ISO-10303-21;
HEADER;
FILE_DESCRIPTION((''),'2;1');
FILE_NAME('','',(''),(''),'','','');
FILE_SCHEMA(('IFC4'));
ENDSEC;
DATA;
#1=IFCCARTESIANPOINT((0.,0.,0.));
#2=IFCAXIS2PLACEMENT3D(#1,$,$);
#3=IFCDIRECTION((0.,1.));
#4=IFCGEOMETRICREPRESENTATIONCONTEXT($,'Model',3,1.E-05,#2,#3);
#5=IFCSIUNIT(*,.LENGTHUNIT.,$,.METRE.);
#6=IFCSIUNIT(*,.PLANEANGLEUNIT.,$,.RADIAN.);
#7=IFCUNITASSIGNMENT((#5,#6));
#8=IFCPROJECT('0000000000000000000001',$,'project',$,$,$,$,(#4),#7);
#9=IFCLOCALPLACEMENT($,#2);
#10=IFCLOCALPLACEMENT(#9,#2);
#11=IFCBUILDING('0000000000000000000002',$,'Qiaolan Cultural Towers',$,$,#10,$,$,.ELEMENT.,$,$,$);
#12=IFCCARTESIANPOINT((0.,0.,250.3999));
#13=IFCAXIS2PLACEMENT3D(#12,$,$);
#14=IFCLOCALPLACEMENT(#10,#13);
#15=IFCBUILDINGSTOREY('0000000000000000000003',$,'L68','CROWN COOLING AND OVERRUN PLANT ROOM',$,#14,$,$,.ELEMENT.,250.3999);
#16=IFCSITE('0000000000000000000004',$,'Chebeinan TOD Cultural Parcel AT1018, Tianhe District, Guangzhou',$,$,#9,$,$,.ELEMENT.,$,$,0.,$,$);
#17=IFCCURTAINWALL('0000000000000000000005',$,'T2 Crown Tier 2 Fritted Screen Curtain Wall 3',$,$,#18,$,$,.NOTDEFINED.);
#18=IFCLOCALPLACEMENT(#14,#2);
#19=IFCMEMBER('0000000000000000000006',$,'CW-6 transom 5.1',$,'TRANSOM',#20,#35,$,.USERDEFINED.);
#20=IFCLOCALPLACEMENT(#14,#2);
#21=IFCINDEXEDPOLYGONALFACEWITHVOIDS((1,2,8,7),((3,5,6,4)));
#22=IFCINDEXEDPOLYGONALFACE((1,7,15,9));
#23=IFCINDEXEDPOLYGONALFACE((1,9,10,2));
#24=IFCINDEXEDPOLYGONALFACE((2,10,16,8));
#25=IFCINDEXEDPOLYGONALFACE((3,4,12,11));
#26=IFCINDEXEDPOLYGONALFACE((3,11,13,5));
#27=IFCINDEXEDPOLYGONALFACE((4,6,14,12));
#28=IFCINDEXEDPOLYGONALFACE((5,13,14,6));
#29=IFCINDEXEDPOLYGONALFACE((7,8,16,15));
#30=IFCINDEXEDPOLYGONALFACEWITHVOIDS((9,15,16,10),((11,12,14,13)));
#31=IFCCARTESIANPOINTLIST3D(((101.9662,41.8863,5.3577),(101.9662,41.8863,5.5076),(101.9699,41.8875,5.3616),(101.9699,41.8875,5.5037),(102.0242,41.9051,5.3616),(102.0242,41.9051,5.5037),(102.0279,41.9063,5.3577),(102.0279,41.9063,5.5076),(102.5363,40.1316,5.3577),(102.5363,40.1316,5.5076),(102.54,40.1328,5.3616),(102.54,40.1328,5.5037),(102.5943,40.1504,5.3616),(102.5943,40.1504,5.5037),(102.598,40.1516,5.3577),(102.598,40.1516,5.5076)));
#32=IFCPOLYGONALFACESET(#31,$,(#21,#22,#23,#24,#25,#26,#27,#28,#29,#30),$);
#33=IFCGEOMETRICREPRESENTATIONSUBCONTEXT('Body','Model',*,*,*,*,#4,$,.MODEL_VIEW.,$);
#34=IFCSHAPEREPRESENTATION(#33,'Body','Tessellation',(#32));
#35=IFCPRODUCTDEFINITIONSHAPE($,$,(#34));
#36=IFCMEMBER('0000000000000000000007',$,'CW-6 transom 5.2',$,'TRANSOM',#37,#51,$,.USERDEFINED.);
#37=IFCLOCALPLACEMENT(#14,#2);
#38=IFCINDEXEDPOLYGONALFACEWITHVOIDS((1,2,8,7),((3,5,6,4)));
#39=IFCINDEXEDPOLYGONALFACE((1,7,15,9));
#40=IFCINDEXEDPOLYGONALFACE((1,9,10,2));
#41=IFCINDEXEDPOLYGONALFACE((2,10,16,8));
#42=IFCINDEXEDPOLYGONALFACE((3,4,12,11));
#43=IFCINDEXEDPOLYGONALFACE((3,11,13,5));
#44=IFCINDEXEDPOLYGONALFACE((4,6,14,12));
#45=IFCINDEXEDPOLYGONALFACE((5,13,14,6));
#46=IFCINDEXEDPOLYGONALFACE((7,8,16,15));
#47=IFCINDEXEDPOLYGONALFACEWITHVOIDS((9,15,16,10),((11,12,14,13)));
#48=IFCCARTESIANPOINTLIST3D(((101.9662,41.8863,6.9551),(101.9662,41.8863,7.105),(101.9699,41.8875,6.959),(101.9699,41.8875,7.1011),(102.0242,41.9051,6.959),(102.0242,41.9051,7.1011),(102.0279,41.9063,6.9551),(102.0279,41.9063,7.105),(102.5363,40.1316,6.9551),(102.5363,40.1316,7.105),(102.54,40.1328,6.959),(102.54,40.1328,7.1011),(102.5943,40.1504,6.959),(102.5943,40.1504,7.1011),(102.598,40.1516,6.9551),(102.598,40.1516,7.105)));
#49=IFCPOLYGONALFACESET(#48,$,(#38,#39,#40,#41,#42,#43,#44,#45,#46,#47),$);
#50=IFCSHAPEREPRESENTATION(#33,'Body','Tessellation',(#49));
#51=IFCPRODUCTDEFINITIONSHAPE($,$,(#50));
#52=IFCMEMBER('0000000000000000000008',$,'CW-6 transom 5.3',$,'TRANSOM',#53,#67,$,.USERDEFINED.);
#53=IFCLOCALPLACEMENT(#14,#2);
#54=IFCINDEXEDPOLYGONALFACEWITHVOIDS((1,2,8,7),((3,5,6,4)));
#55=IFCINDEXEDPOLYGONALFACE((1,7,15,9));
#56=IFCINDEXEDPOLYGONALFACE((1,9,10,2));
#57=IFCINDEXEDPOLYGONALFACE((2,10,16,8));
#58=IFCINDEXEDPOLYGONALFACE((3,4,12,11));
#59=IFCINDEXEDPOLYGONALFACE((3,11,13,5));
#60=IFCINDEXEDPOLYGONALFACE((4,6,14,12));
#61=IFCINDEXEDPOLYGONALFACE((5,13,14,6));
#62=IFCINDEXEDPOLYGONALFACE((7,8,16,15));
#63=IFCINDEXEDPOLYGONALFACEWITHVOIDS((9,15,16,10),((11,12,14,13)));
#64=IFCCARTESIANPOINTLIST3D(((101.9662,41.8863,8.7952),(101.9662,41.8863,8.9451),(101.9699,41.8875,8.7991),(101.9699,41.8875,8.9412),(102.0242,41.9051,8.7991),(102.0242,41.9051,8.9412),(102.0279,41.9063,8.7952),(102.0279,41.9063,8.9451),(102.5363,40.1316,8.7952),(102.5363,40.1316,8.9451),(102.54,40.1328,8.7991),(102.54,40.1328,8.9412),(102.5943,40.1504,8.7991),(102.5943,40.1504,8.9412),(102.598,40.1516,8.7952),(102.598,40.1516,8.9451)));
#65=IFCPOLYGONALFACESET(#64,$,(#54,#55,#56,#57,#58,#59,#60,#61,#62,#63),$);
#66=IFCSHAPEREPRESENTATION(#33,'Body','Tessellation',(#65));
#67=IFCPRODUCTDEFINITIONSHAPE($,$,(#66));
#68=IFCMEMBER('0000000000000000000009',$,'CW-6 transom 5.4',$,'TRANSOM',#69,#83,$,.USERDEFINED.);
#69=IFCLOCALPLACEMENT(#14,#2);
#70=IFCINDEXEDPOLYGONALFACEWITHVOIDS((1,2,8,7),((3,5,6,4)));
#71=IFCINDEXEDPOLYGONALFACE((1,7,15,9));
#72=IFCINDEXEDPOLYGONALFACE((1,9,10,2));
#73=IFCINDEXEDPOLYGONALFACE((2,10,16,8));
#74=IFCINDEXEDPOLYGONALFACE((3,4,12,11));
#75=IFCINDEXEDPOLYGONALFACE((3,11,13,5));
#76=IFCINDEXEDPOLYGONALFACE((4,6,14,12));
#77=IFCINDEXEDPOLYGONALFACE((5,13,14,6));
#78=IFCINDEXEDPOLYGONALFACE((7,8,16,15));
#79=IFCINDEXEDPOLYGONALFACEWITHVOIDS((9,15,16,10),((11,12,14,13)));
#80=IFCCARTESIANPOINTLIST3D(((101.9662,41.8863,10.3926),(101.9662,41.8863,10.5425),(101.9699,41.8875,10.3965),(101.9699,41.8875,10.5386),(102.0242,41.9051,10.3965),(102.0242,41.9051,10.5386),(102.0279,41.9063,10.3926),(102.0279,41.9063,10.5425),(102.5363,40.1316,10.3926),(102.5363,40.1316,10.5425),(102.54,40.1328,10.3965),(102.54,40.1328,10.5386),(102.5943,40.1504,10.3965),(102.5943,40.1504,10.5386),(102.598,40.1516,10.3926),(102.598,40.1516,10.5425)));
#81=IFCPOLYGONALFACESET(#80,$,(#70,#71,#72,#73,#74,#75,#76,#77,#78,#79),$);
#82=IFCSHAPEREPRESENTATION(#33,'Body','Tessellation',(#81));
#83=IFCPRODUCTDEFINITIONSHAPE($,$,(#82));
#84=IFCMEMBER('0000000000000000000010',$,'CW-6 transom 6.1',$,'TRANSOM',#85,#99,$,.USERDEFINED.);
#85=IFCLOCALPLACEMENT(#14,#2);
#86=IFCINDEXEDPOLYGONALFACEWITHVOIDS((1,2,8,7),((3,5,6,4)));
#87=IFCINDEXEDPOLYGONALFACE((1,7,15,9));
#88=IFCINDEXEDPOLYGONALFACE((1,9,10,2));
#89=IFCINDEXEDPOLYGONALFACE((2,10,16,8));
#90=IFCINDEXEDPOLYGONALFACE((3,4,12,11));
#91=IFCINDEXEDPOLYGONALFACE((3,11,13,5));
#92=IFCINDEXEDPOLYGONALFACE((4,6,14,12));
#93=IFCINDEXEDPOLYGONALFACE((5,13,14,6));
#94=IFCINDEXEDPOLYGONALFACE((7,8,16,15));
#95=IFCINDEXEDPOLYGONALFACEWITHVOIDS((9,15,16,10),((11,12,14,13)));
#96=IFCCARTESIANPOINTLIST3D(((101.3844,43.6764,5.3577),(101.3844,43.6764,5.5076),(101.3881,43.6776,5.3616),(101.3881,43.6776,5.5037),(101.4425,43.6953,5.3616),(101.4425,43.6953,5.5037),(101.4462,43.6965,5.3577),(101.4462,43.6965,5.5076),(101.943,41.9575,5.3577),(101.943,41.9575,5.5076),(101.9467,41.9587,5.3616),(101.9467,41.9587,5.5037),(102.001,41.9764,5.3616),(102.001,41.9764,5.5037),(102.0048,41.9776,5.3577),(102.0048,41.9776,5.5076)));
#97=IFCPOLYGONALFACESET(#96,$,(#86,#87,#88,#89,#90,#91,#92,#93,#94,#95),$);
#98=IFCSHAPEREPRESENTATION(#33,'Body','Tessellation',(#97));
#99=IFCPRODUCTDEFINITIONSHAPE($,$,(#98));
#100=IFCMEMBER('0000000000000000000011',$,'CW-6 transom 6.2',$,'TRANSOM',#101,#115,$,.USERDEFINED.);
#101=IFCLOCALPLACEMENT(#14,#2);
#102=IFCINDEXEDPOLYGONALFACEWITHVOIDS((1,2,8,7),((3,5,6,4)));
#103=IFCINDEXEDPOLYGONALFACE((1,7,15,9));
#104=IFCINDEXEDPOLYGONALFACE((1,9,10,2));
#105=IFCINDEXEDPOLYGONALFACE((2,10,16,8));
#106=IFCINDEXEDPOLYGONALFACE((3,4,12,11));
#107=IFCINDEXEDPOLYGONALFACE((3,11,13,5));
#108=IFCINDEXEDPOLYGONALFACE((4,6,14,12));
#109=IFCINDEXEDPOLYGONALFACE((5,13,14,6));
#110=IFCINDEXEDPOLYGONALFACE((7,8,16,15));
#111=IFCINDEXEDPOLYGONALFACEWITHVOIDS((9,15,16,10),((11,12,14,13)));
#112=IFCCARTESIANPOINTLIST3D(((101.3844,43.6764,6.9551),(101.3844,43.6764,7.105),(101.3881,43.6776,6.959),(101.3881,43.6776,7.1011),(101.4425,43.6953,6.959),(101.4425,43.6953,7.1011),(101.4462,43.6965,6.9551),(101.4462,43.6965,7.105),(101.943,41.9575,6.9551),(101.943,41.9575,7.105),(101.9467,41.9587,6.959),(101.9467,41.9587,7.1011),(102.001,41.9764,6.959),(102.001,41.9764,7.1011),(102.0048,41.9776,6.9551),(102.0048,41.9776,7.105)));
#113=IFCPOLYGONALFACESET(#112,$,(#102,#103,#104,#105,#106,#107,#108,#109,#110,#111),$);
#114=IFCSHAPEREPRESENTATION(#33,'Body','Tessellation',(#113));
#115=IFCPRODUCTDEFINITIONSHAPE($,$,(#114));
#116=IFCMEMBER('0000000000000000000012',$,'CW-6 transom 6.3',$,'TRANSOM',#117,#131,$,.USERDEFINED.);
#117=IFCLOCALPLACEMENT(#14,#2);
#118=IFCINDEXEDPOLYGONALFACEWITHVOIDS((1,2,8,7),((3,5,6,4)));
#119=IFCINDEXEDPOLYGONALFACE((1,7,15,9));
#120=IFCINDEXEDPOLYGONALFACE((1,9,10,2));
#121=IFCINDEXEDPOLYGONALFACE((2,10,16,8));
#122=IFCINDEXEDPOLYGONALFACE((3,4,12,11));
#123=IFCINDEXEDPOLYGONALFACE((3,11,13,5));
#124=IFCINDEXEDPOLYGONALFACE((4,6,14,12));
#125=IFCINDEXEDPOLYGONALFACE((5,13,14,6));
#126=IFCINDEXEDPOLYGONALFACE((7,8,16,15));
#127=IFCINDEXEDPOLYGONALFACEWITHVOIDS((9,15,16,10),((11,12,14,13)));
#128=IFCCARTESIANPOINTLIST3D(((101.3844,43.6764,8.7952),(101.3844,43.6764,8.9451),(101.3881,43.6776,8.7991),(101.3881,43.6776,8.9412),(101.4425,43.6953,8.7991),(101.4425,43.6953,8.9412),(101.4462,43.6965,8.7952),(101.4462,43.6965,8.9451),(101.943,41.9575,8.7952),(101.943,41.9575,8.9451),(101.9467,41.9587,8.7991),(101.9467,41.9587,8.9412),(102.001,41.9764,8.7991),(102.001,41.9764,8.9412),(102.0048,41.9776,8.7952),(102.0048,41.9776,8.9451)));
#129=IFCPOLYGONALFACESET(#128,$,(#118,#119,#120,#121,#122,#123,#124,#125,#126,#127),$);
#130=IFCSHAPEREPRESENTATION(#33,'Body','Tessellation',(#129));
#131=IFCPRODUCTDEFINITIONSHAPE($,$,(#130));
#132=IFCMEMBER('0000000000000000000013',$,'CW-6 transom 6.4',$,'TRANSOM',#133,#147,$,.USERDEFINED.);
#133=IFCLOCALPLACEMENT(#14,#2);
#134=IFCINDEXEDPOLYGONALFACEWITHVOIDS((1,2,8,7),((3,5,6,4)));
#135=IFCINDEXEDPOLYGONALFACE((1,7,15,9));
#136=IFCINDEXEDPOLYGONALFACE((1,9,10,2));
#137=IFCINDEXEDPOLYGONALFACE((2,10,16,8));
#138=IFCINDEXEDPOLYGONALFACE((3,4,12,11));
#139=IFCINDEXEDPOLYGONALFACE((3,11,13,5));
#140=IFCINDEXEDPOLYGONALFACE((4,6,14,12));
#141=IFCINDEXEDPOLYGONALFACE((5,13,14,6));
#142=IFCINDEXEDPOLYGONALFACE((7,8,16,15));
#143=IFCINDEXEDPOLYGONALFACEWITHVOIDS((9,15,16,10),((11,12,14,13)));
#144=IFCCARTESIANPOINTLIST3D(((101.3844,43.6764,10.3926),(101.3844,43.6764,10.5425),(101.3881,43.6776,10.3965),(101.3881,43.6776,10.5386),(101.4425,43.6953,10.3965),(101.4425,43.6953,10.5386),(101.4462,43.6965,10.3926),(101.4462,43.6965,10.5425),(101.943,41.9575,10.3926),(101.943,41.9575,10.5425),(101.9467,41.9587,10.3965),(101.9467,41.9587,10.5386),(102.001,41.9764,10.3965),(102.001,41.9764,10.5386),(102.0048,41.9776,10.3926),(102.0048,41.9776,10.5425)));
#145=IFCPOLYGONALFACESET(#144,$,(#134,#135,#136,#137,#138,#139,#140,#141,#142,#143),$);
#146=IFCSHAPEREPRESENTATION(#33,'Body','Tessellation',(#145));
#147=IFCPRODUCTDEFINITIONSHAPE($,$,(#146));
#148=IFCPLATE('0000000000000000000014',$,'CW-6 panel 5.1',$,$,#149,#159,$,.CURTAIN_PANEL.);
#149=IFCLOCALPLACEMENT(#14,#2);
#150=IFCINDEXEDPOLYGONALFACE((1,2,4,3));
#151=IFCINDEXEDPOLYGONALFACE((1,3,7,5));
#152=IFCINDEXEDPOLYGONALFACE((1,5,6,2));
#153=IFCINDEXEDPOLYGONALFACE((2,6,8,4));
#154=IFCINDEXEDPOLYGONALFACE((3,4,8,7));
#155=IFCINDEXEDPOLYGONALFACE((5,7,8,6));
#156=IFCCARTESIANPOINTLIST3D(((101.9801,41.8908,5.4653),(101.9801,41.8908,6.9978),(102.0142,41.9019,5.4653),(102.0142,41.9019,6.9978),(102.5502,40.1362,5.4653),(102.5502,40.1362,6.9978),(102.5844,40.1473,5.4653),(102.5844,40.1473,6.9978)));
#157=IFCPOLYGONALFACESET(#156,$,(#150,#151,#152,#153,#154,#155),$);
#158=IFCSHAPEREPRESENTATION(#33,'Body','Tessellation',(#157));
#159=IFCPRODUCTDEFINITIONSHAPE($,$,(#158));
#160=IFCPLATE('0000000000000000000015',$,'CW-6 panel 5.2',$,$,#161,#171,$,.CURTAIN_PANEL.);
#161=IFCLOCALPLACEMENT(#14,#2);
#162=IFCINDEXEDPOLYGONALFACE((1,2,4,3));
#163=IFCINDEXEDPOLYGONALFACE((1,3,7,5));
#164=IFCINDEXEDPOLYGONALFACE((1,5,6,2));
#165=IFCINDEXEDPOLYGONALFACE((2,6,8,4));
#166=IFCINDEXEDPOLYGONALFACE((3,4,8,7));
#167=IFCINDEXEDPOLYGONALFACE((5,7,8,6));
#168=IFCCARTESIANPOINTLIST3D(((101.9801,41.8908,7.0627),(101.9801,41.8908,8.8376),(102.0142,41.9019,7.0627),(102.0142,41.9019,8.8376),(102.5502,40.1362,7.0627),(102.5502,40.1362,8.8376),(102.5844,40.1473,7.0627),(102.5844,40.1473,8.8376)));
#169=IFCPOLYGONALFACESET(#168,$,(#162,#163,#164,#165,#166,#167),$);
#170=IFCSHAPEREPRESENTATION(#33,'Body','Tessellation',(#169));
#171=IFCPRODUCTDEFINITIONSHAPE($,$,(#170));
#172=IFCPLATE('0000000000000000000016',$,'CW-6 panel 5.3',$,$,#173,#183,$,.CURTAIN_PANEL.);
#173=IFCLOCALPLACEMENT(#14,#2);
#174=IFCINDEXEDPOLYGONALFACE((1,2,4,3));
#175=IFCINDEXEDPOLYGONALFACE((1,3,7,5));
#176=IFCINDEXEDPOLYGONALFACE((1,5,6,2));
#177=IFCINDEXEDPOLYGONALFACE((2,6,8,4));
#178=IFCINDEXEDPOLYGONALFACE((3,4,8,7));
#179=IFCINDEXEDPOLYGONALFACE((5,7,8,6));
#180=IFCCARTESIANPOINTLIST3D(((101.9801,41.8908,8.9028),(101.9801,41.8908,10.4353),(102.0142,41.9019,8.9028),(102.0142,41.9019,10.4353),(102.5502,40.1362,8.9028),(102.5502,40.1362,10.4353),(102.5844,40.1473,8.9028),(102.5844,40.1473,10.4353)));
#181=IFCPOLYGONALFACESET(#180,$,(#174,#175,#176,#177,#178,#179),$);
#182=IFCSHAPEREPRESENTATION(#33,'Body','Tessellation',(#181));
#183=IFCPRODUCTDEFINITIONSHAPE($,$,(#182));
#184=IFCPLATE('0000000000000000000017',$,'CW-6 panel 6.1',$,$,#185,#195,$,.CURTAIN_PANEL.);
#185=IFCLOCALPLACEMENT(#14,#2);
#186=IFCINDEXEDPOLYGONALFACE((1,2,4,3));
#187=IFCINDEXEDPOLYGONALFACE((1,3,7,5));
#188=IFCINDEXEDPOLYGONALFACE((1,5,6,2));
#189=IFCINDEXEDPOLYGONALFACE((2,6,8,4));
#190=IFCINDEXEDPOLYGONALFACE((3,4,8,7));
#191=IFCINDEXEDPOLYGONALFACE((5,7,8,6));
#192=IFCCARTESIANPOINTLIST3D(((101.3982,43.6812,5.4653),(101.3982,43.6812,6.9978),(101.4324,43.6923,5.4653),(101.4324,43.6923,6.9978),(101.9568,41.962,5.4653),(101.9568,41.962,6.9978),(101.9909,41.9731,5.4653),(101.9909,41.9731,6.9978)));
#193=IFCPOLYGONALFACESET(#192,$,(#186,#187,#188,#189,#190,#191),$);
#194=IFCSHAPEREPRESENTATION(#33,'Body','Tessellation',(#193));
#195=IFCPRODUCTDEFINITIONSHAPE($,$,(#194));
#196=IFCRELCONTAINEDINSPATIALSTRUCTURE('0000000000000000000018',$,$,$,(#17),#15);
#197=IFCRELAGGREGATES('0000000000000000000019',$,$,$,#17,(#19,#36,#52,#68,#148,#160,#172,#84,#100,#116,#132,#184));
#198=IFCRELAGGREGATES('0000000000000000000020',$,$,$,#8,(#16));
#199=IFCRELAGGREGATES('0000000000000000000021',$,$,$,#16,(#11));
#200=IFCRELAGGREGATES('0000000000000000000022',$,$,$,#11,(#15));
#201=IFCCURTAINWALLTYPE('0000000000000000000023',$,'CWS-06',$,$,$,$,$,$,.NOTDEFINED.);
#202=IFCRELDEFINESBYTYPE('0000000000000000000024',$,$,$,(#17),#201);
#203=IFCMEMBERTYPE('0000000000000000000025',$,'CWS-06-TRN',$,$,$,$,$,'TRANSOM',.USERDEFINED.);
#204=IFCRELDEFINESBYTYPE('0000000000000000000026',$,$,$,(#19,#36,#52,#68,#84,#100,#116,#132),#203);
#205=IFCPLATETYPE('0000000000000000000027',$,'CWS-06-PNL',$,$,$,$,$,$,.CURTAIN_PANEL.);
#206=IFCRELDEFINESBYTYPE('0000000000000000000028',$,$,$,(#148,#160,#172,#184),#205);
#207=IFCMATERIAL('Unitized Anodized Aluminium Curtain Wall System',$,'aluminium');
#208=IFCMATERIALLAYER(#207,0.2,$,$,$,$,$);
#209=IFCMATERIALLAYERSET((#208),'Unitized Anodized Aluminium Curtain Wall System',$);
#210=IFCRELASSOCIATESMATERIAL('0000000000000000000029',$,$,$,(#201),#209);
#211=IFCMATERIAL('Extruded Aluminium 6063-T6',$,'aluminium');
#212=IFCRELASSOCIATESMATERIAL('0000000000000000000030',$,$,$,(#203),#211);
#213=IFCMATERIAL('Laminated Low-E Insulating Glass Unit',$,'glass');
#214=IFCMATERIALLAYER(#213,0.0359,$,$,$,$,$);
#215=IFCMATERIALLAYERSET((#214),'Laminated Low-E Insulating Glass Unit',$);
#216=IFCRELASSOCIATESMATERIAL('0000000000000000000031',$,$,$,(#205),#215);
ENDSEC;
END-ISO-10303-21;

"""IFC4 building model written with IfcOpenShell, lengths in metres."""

from ifc_helpers import new_model, si_unit, direction, frame, origin, origin_2d, place, context, subcontext, project, spatial, rectangle, hollow_rectangle, extrude, material, layer, layer_set, material_profile, profile_set, type_object, element, aggregate, save


model = new_model("IFC4")

# Units and contexts
model_context = context("Model", 3, precision=1e-05, world=origin(), true_north=direction((0.0, 1.0)))
body_context = subcontext(model_context, "Body", "Model", "MODEL_VIEW")
ifc_project = project(units=[si_unit("LENGTHUNIT", "METRE"), si_unit("PLANEANGLEUNIT", "RADIAN")], contexts=[model_context])

# Site, building, storey
site_placement = place(None, origin())
site = spatial("IfcSite", under=ifc_project, at=site_placement, Name="Chebeinan TOD Cultural Parcel AT1018, Tianhe District, Guangzhou", CompositionType="ELEMENT", RefElevation=0.0)
building_placement = place(site_placement, origin())
building = spatial("IfcBuilding", under=site, at=building_placement, Name="Qiaolan Cultural Towers", CompositionType="ELEMENT")
storey_placement = place(building_placement, frame((0.0, 0.0, 250.3999)))
storey = spatial("IfcBuildingStorey", under=building, at=storey_placement, Name="L68", Description="CROWN COOLING AND OVERRUN PLANT ROOM", CompositionType="ELEMENT", Elevation=250.3999)

# Curtain wall
ifc_material_1 = material(Name="Unitized Anodized Aluminium Curtain Wall System", Category="aluminium")
ifc_layer_1 = layer(ifc_material_1, 0.2)
ifc_layer_set_1 = layer_set([ifc_layer_1], Name="Unitized Anodized Aluminium Curtain Wall System")
curtain_wall_type = type_object("IfcCurtainWallType", Name="CWS-06", PredefinedType="NOTDEFINED", material=ifc_layer_set_1)
curtain_wall_1_placement = place(storey_placement, origin())
curtain_wall_1 = element("IfcCurtainWall", 1, at=curtain_wall_1_placement, inside=storey, type_object=curtain_wall_type, Name="T2 Crown Tier 2 Fritted Screen Curtain Wall 3", PredefinedType="NOTDEFINED")

# Members
ifc_material_2 = material(Name="Extruded Aluminium 6063-T6", Category="aluminium")
ifc_material_profile_1 = material_profile(ifc_material_2, hollow_rectangle(XDim=0.0649, YDim=0.1499, WallThickness=0.0039, at=origin_2d()), Name="CWT-150x65x4")
ifc_profile_set_1 = profile_set([ifc_material_profile_1], Name="Extruded Aluminium 6063-T6")
member_type_1 = type_object("IfcMemberType", Name="CWS-06-TRN", ElementType="TRANSOM", PredefinedType="USERDEFINED", material=ifc_profile_set_1)
member_1_placement = place(storey_placement, frame((102.5671, 40.1416, 5.4326), z_axis=(-0.308993, 0.951064, 0.0), x_axis=(-0.951064, -0.308993, 0.0)))
member_1 = element("IfcMember", 2, at=member_1_placement, type_object=member_type_1, Name="CW-6 transom 5.1", ObjectType="TRANSOM", PredefinedType="USERDEFINED", context=body_context, shape_type="SweptSolid", body=[
    extrude(hollow_rectangle(XDim=0.0649, YDim=0.1499, WallThickness=0.0039, at=origin_2d()), origin(), (0.0, 0.0, 1.0), 1.845),
])
member_2_placement = place(storey_placement, frame((102.5671, 40.1416, 7.03), z_axis=(-0.308993, 0.951064, 0.0), x_axis=(-0.951064, -0.308993, 0.0)))
member_2 = element("IfcMember", 3, at=member_2_placement, type_object=member_type_1, Name="CW-6 transom 5.2", ObjectType="TRANSOM", PredefinedType="USERDEFINED", context=body_context, shape_type="SweptSolid", body=[
    extrude(hollow_rectangle(XDim=0.0649, YDim=0.1499, WallThickness=0.0039, at=origin_2d()), origin(), (0.0, 0.0, 1.0), 1.845),
])
member_3_placement = place(storey_placement, frame((102.5671, 40.1416, 8.8701), z_axis=(-0.308993, 0.951064, 0.0), x_axis=(-0.951064, -0.308993, 0.0)))
member_3 = element("IfcMember", 4, at=member_3_placement, type_object=member_type_1, Name="CW-6 transom 5.3", ObjectType="TRANSOM", PredefinedType="USERDEFINED", context=body_context, shape_type="SweptSolid", body=[
    extrude(hollow_rectangle(XDim=0.0649, YDim=0.1499, WallThickness=0.0039, at=origin_2d()), origin(), (0.0, 0.0, 1.0), 1.845),
])
member_4_placement = place(storey_placement, frame((102.5671, 40.1416, 10.4675), z_axis=(-0.308993, 0.951064, 0.0), x_axis=(-0.951064, -0.308993, 0.0)))
member_4 = element("IfcMember", 5, at=member_4_placement, type_object=member_type_1, Name="CW-6 transom 5.4", ObjectType="TRANSOM", PredefinedType="USERDEFINED", context=body_context, shape_type="SweptSolid", body=[
    extrude(hollow_rectangle(XDim=0.0649, YDim=0.1499, WallThickness=0.0039, at=origin_2d()), origin(), (0.0, 0.0, 1.0), 1.845),
])
member_5_placement = place(storey_placement, frame((101.9739, 41.9675, 5.4326), z_axis=(-0.309046, 0.951047, 0.0), x_axis=(-0.951047, -0.309046, 0.0)))
member_5 = element("IfcMember", 6, at=member_5_placement, type_object=member_type_1, Name="CW-6 transom 6.1", ObjectType="TRANSOM", PredefinedType="USERDEFINED", context=body_context, shape_type="SweptSolid", body=[
    extrude(hollow_rectangle(XDim=0.0649, YDim=0.1499, WallThickness=0.0039, at=origin_2d()), origin(), (0.0, 0.0, 1.0), 1.8074),
])
member_6_placement = place(storey_placement, frame((101.9739, 41.9675, 7.03), z_axis=(-0.309046, 0.951047, 0.0), x_axis=(-0.951047, -0.309046, 0.0)))
member_6 = element("IfcMember", 7, at=member_6_placement, type_object=member_type_1, Name="CW-6 transom 6.2", ObjectType="TRANSOM", PredefinedType="USERDEFINED", context=body_context, shape_type="SweptSolid", body=[
    extrude(hollow_rectangle(XDim=0.0649, YDim=0.1499, WallThickness=0.0039, at=origin_2d()), origin(), (0.0, 0.0, 1.0), 1.8074),
])
member_7_placement = place(storey_placement, frame((101.9739, 41.9675, 8.8701), z_axis=(-0.309046, 0.951047, 0.0), x_axis=(-0.951047, -0.309046, 0.0)))
member_7 = element("IfcMember", 8, at=member_7_placement, type_object=member_type_1, Name="CW-6 transom 6.3", ObjectType="TRANSOM", PredefinedType="USERDEFINED", context=body_context, shape_type="SweptSolid", body=[
    extrude(hollow_rectangle(XDim=0.0649, YDim=0.1499, WallThickness=0.0039, at=origin_2d()), origin(), (0.0, 0.0, 1.0), 1.8074),
])
member_8_placement = place(storey_placement, frame((101.9739, 41.9675, 10.4675), z_axis=(-0.309046, 0.951047, 0.0), x_axis=(-0.951047, -0.309046, 0.0)))
member_8 = element("IfcMember", 9, at=member_8_placement, type_object=member_type_1, Name="CW-6 transom 6.4", ObjectType="TRANSOM", PredefinedType="USERDEFINED", context=body_context, shape_type="SweptSolid", body=[
    extrude(hollow_rectangle(XDim=0.0649, YDim=0.1499, WallThickness=0.0039, at=origin_2d()), origin(), (0.0, 0.0, 1.0), 1.8074),
])

# Plates
ifc_material_3 = material(Name="Laminated Low-E Insulating Glass Unit", Category="glass")
ifc_layer_2 = layer(ifc_material_3, 0.0359)
ifc_layer_set_2 = layer_set([ifc_layer_2], Name="Laminated Low-E Insulating Glass Unit")
plate_type = type_object("IfcPlateType", Name="CWS-06-PNL", PredefinedType="CURTAIN_PANEL", material=ifc_layer_set_2)
plate_1_placement = place(storey_placement, frame((102.2822, 41.019, 5.4653), z_axis=(0.0, 0.0, 1.0), x_axis=(-0.309017, 0.951057, 0.0)))
plate_1 = element("IfcPlate", 10, at=plate_1_placement, type_object=plate_type, Name="CW-6 panel 5.1", PredefinedType="CURTAIN_PANEL", context=body_context, shape_type="SweptSolid", body=[
    extrude(rectangle(XDim=1.845, YDim=0.0359, at=origin_2d()), origin(), (0.0, 0.0, 1.0), 1.5325),
])
plate_2_placement = place(storey_placement, frame((102.2822, 41.019, 7.0627), z_axis=(0.0, 0.0, 1.0), x_axis=(-0.309017, 0.951057, 0.0)))
plate_2 = element("IfcPlate", 11, at=plate_2_placement, type_object=plate_type, Name="CW-6 panel 5.2", PredefinedType="CURTAIN_PANEL", context=body_context, shape_type="SweptSolid", body=[
    extrude(rectangle(XDim=1.845, YDim=0.0359, at=origin_2d()), origin(), (0.0, 0.0, 1.0), 1.7749),
])
plate_3_placement = place(storey_placement, frame((102.2822, 41.019, 8.9028), z_axis=(0.0, 0.0, 1.0), x_axis=(-0.309017, 0.951057, 0.0)))
plate_3 = element("IfcPlate", 12, at=plate_3_placement, type_object=plate_type, Name="CW-6 panel 5.3", PredefinedType="CURTAIN_PANEL", context=body_context, shape_type="SweptSolid", body=[
    extrude(rectangle(XDim=1.845, YDim=0.0359, at=origin_2d()), origin(), (0.0, 0.0, 1.0), 1.5325),
])
plate_4_placement = place(storey_placement, frame((101.6946, 42.8271, 5.4653), z_axis=(0.0, 0.0, 1.0), x_axis=(-0.309017, 0.951057, 0.0)))
plate_4 = element("IfcPlate", 13, at=plate_4_placement, type_object=plate_type, Name="CW-6 panel 6.1", PredefinedType="CURTAIN_PANEL", context=body_context, shape_type="SweptSolid", body=[
    extrude(rectangle(XDim=1.8076, YDim=0.0359, at=origin_2d()), origin(), (0.0, 0.0, 1.0), 1.5325),
])
aggregate(curtain_wall_1, [member_1, member_2, member_3, member_4, plate_1, plate_2, plate_3, member_5, member_6, member_7, member_8, plate_4])

save(model, "model.ifc")
